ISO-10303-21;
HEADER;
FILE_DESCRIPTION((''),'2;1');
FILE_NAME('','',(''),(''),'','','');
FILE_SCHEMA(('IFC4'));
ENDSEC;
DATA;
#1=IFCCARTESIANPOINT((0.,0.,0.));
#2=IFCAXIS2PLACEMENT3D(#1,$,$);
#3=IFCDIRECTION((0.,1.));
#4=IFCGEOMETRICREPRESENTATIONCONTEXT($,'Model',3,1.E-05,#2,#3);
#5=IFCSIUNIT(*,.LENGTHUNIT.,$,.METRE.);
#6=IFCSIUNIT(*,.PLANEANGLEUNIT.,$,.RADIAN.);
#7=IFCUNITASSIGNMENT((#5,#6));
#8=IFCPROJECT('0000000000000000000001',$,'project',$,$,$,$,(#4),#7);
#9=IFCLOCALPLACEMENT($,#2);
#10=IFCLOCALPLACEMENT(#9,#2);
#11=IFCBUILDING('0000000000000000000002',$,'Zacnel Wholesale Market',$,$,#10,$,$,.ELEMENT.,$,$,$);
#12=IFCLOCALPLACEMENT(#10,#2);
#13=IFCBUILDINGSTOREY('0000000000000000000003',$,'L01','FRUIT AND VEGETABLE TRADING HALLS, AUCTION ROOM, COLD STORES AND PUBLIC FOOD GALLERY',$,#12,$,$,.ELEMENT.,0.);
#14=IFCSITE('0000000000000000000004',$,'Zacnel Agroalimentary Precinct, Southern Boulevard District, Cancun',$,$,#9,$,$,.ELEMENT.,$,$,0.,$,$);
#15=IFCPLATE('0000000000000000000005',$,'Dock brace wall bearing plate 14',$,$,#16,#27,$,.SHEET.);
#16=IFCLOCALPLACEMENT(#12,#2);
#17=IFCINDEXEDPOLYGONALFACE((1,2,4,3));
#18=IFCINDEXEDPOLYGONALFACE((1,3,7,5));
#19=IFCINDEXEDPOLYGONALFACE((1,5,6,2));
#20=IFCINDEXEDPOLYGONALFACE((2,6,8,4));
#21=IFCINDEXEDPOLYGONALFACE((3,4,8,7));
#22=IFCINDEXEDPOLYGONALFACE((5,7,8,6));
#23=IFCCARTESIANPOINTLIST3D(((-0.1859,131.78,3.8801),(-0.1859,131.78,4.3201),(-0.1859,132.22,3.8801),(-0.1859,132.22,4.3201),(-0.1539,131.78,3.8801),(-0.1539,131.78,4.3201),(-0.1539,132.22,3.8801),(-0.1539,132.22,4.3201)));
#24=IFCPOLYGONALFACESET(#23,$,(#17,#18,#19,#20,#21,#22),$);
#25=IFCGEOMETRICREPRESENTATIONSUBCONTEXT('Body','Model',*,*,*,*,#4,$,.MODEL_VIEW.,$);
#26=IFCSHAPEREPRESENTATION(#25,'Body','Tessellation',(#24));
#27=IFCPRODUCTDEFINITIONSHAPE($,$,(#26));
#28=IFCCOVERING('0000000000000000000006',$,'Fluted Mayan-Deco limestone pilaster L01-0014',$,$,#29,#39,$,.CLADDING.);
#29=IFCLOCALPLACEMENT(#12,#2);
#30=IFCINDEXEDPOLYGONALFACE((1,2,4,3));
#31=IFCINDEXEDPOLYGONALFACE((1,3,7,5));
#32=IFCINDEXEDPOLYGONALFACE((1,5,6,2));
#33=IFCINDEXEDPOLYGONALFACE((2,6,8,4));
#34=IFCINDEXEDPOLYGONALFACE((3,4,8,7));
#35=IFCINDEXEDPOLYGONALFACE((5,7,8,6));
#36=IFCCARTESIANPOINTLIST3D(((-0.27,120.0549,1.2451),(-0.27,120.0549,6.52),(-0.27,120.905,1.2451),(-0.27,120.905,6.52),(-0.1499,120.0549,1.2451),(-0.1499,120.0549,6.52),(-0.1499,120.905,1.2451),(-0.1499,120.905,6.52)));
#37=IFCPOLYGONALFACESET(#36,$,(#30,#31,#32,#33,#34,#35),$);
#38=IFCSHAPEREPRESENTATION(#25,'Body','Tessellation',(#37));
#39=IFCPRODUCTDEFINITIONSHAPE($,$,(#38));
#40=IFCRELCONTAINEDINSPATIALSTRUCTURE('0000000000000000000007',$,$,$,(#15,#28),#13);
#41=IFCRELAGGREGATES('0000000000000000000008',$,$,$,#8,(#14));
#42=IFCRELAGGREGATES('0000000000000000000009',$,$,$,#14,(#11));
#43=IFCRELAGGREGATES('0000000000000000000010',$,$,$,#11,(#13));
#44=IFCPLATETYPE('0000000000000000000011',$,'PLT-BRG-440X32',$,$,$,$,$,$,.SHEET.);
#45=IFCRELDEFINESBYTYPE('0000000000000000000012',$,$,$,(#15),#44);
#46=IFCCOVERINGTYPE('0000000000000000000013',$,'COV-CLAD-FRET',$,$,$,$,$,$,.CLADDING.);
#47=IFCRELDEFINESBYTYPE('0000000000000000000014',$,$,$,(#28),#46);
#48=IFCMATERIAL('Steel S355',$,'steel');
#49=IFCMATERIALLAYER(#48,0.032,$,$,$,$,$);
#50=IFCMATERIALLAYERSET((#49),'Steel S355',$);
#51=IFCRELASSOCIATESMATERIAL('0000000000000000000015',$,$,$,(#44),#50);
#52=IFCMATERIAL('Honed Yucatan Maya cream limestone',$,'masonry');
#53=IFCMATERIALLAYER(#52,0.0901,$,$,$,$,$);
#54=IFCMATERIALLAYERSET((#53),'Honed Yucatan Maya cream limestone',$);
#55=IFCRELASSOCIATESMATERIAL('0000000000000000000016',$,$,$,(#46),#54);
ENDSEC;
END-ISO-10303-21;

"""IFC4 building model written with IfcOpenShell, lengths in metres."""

from ifc_helpers import new_model, si_unit, direction, frame, origin, origin_2d, place, context, subcontext, project, spatial, rectangle, extrude, material, layer, layer_set, type_object, element, save


model = new_model("IFC4")

# Units and contexts
model_context = context("Model", 3, precision=1e-05, world=origin(), true_north=direction((0.0, 1.0)))
body_context = subcontext(model_context, "Body", "Model", "MODEL_VIEW")
ifc_project = project(units=[si_unit("LENGTHUNIT", "METRE"), si_unit("PLANEANGLEUNIT", "RADIAN")], contexts=[model_context])

# Site, building, storey
site_placement = place(None, origin())
site = spatial("IfcSite", under=ifc_project, at=site_placement, Name="Zacnel Agroalimentary Precinct, Southern Boulevard District, Cancun", CompositionType="ELEMENT", RefElevation=0.0)
building_placement = place(site_placement, origin())
building = spatial("IfcBuilding", under=site, at=building_placement, Name="Zacnel Wholesale Market", CompositionType="ELEMENT")
storey_placement = place(building_placement, origin())
storey = spatial("IfcBuildingStorey", under=building, at=storey_placement, Name="L01", Description="FRUIT AND VEGETABLE TRADING HALLS, AUCTION ROOM, COLD STORES AND PUBLIC FOOD GALLERY", CompositionType="ELEMENT", Elevation=0.0)

# Plate
ifc_material_1 = material(Name="Steel S355", Category="steel")
ifc_layer_1 = layer(ifc_material_1, 0.032)
ifc_layer_set_1 = layer_set([ifc_layer_1], Name="Steel S355")
plate_type = type_object("IfcPlateType", Name="PLT-BRG-440X32", PredefinedType="SHEET", material=ifc_layer_set_1)
plate_placement = place(storey_placement, frame((-0.1699, 132.0, 3.8801), z_axis=(0.0, 0.0, 1.0), x_axis=(1.0, 0.0, 0.0)))
element("IfcPlate", 1, at=plate_placement, inside=storey, type_object=plate_type, Name="Dock brace wall bearing plate 14", PredefinedType="SHEET", context=body_context, shape_type="SweptSolid", body=[
    extrude(rectangle(XDim=0.032, YDim=0.4399, at=origin_2d()), origin(), (0.0, 0.0, 1.0), 0.4399),
])

# Covering
ifc_material_2 = material(Name="Honed Yucatan Maya cream limestone", Category="masonry")
ifc_layer_2 = layer(ifc_material_2, 0.0901)
ifc_layer_set_2 = layer_set([ifc_layer_2], Name="Honed Yucatan Maya cream limestone")
covering_type = type_object("IfcCoveringType", Name="COV-CLAD-FRET", PredefinedType="CLADDING", material=ifc_layer_set_2)
covering_placement = place(storey_placement, frame((-0.21, 120.48, 1.2451), z_axis=(0.0, 0.0, 1.0), x_axis=(0.0, 1.0, 0.0)))
element("IfcCovering", 2, at=covering_placement, inside=storey, type_object=covering_type, Name="Fluted Mayan-Deco limestone pilaster L01-0014", PredefinedType="CLADDING", context=body_context, shape_type="SweptSolid", body=[
    extrude(rectangle(XDim=0.8501, YDim=0.1201, at=origin_2d()), origin(), (0.0, 0.0, 1.0), 5.2749),
])

save(model, "model.ifc")
